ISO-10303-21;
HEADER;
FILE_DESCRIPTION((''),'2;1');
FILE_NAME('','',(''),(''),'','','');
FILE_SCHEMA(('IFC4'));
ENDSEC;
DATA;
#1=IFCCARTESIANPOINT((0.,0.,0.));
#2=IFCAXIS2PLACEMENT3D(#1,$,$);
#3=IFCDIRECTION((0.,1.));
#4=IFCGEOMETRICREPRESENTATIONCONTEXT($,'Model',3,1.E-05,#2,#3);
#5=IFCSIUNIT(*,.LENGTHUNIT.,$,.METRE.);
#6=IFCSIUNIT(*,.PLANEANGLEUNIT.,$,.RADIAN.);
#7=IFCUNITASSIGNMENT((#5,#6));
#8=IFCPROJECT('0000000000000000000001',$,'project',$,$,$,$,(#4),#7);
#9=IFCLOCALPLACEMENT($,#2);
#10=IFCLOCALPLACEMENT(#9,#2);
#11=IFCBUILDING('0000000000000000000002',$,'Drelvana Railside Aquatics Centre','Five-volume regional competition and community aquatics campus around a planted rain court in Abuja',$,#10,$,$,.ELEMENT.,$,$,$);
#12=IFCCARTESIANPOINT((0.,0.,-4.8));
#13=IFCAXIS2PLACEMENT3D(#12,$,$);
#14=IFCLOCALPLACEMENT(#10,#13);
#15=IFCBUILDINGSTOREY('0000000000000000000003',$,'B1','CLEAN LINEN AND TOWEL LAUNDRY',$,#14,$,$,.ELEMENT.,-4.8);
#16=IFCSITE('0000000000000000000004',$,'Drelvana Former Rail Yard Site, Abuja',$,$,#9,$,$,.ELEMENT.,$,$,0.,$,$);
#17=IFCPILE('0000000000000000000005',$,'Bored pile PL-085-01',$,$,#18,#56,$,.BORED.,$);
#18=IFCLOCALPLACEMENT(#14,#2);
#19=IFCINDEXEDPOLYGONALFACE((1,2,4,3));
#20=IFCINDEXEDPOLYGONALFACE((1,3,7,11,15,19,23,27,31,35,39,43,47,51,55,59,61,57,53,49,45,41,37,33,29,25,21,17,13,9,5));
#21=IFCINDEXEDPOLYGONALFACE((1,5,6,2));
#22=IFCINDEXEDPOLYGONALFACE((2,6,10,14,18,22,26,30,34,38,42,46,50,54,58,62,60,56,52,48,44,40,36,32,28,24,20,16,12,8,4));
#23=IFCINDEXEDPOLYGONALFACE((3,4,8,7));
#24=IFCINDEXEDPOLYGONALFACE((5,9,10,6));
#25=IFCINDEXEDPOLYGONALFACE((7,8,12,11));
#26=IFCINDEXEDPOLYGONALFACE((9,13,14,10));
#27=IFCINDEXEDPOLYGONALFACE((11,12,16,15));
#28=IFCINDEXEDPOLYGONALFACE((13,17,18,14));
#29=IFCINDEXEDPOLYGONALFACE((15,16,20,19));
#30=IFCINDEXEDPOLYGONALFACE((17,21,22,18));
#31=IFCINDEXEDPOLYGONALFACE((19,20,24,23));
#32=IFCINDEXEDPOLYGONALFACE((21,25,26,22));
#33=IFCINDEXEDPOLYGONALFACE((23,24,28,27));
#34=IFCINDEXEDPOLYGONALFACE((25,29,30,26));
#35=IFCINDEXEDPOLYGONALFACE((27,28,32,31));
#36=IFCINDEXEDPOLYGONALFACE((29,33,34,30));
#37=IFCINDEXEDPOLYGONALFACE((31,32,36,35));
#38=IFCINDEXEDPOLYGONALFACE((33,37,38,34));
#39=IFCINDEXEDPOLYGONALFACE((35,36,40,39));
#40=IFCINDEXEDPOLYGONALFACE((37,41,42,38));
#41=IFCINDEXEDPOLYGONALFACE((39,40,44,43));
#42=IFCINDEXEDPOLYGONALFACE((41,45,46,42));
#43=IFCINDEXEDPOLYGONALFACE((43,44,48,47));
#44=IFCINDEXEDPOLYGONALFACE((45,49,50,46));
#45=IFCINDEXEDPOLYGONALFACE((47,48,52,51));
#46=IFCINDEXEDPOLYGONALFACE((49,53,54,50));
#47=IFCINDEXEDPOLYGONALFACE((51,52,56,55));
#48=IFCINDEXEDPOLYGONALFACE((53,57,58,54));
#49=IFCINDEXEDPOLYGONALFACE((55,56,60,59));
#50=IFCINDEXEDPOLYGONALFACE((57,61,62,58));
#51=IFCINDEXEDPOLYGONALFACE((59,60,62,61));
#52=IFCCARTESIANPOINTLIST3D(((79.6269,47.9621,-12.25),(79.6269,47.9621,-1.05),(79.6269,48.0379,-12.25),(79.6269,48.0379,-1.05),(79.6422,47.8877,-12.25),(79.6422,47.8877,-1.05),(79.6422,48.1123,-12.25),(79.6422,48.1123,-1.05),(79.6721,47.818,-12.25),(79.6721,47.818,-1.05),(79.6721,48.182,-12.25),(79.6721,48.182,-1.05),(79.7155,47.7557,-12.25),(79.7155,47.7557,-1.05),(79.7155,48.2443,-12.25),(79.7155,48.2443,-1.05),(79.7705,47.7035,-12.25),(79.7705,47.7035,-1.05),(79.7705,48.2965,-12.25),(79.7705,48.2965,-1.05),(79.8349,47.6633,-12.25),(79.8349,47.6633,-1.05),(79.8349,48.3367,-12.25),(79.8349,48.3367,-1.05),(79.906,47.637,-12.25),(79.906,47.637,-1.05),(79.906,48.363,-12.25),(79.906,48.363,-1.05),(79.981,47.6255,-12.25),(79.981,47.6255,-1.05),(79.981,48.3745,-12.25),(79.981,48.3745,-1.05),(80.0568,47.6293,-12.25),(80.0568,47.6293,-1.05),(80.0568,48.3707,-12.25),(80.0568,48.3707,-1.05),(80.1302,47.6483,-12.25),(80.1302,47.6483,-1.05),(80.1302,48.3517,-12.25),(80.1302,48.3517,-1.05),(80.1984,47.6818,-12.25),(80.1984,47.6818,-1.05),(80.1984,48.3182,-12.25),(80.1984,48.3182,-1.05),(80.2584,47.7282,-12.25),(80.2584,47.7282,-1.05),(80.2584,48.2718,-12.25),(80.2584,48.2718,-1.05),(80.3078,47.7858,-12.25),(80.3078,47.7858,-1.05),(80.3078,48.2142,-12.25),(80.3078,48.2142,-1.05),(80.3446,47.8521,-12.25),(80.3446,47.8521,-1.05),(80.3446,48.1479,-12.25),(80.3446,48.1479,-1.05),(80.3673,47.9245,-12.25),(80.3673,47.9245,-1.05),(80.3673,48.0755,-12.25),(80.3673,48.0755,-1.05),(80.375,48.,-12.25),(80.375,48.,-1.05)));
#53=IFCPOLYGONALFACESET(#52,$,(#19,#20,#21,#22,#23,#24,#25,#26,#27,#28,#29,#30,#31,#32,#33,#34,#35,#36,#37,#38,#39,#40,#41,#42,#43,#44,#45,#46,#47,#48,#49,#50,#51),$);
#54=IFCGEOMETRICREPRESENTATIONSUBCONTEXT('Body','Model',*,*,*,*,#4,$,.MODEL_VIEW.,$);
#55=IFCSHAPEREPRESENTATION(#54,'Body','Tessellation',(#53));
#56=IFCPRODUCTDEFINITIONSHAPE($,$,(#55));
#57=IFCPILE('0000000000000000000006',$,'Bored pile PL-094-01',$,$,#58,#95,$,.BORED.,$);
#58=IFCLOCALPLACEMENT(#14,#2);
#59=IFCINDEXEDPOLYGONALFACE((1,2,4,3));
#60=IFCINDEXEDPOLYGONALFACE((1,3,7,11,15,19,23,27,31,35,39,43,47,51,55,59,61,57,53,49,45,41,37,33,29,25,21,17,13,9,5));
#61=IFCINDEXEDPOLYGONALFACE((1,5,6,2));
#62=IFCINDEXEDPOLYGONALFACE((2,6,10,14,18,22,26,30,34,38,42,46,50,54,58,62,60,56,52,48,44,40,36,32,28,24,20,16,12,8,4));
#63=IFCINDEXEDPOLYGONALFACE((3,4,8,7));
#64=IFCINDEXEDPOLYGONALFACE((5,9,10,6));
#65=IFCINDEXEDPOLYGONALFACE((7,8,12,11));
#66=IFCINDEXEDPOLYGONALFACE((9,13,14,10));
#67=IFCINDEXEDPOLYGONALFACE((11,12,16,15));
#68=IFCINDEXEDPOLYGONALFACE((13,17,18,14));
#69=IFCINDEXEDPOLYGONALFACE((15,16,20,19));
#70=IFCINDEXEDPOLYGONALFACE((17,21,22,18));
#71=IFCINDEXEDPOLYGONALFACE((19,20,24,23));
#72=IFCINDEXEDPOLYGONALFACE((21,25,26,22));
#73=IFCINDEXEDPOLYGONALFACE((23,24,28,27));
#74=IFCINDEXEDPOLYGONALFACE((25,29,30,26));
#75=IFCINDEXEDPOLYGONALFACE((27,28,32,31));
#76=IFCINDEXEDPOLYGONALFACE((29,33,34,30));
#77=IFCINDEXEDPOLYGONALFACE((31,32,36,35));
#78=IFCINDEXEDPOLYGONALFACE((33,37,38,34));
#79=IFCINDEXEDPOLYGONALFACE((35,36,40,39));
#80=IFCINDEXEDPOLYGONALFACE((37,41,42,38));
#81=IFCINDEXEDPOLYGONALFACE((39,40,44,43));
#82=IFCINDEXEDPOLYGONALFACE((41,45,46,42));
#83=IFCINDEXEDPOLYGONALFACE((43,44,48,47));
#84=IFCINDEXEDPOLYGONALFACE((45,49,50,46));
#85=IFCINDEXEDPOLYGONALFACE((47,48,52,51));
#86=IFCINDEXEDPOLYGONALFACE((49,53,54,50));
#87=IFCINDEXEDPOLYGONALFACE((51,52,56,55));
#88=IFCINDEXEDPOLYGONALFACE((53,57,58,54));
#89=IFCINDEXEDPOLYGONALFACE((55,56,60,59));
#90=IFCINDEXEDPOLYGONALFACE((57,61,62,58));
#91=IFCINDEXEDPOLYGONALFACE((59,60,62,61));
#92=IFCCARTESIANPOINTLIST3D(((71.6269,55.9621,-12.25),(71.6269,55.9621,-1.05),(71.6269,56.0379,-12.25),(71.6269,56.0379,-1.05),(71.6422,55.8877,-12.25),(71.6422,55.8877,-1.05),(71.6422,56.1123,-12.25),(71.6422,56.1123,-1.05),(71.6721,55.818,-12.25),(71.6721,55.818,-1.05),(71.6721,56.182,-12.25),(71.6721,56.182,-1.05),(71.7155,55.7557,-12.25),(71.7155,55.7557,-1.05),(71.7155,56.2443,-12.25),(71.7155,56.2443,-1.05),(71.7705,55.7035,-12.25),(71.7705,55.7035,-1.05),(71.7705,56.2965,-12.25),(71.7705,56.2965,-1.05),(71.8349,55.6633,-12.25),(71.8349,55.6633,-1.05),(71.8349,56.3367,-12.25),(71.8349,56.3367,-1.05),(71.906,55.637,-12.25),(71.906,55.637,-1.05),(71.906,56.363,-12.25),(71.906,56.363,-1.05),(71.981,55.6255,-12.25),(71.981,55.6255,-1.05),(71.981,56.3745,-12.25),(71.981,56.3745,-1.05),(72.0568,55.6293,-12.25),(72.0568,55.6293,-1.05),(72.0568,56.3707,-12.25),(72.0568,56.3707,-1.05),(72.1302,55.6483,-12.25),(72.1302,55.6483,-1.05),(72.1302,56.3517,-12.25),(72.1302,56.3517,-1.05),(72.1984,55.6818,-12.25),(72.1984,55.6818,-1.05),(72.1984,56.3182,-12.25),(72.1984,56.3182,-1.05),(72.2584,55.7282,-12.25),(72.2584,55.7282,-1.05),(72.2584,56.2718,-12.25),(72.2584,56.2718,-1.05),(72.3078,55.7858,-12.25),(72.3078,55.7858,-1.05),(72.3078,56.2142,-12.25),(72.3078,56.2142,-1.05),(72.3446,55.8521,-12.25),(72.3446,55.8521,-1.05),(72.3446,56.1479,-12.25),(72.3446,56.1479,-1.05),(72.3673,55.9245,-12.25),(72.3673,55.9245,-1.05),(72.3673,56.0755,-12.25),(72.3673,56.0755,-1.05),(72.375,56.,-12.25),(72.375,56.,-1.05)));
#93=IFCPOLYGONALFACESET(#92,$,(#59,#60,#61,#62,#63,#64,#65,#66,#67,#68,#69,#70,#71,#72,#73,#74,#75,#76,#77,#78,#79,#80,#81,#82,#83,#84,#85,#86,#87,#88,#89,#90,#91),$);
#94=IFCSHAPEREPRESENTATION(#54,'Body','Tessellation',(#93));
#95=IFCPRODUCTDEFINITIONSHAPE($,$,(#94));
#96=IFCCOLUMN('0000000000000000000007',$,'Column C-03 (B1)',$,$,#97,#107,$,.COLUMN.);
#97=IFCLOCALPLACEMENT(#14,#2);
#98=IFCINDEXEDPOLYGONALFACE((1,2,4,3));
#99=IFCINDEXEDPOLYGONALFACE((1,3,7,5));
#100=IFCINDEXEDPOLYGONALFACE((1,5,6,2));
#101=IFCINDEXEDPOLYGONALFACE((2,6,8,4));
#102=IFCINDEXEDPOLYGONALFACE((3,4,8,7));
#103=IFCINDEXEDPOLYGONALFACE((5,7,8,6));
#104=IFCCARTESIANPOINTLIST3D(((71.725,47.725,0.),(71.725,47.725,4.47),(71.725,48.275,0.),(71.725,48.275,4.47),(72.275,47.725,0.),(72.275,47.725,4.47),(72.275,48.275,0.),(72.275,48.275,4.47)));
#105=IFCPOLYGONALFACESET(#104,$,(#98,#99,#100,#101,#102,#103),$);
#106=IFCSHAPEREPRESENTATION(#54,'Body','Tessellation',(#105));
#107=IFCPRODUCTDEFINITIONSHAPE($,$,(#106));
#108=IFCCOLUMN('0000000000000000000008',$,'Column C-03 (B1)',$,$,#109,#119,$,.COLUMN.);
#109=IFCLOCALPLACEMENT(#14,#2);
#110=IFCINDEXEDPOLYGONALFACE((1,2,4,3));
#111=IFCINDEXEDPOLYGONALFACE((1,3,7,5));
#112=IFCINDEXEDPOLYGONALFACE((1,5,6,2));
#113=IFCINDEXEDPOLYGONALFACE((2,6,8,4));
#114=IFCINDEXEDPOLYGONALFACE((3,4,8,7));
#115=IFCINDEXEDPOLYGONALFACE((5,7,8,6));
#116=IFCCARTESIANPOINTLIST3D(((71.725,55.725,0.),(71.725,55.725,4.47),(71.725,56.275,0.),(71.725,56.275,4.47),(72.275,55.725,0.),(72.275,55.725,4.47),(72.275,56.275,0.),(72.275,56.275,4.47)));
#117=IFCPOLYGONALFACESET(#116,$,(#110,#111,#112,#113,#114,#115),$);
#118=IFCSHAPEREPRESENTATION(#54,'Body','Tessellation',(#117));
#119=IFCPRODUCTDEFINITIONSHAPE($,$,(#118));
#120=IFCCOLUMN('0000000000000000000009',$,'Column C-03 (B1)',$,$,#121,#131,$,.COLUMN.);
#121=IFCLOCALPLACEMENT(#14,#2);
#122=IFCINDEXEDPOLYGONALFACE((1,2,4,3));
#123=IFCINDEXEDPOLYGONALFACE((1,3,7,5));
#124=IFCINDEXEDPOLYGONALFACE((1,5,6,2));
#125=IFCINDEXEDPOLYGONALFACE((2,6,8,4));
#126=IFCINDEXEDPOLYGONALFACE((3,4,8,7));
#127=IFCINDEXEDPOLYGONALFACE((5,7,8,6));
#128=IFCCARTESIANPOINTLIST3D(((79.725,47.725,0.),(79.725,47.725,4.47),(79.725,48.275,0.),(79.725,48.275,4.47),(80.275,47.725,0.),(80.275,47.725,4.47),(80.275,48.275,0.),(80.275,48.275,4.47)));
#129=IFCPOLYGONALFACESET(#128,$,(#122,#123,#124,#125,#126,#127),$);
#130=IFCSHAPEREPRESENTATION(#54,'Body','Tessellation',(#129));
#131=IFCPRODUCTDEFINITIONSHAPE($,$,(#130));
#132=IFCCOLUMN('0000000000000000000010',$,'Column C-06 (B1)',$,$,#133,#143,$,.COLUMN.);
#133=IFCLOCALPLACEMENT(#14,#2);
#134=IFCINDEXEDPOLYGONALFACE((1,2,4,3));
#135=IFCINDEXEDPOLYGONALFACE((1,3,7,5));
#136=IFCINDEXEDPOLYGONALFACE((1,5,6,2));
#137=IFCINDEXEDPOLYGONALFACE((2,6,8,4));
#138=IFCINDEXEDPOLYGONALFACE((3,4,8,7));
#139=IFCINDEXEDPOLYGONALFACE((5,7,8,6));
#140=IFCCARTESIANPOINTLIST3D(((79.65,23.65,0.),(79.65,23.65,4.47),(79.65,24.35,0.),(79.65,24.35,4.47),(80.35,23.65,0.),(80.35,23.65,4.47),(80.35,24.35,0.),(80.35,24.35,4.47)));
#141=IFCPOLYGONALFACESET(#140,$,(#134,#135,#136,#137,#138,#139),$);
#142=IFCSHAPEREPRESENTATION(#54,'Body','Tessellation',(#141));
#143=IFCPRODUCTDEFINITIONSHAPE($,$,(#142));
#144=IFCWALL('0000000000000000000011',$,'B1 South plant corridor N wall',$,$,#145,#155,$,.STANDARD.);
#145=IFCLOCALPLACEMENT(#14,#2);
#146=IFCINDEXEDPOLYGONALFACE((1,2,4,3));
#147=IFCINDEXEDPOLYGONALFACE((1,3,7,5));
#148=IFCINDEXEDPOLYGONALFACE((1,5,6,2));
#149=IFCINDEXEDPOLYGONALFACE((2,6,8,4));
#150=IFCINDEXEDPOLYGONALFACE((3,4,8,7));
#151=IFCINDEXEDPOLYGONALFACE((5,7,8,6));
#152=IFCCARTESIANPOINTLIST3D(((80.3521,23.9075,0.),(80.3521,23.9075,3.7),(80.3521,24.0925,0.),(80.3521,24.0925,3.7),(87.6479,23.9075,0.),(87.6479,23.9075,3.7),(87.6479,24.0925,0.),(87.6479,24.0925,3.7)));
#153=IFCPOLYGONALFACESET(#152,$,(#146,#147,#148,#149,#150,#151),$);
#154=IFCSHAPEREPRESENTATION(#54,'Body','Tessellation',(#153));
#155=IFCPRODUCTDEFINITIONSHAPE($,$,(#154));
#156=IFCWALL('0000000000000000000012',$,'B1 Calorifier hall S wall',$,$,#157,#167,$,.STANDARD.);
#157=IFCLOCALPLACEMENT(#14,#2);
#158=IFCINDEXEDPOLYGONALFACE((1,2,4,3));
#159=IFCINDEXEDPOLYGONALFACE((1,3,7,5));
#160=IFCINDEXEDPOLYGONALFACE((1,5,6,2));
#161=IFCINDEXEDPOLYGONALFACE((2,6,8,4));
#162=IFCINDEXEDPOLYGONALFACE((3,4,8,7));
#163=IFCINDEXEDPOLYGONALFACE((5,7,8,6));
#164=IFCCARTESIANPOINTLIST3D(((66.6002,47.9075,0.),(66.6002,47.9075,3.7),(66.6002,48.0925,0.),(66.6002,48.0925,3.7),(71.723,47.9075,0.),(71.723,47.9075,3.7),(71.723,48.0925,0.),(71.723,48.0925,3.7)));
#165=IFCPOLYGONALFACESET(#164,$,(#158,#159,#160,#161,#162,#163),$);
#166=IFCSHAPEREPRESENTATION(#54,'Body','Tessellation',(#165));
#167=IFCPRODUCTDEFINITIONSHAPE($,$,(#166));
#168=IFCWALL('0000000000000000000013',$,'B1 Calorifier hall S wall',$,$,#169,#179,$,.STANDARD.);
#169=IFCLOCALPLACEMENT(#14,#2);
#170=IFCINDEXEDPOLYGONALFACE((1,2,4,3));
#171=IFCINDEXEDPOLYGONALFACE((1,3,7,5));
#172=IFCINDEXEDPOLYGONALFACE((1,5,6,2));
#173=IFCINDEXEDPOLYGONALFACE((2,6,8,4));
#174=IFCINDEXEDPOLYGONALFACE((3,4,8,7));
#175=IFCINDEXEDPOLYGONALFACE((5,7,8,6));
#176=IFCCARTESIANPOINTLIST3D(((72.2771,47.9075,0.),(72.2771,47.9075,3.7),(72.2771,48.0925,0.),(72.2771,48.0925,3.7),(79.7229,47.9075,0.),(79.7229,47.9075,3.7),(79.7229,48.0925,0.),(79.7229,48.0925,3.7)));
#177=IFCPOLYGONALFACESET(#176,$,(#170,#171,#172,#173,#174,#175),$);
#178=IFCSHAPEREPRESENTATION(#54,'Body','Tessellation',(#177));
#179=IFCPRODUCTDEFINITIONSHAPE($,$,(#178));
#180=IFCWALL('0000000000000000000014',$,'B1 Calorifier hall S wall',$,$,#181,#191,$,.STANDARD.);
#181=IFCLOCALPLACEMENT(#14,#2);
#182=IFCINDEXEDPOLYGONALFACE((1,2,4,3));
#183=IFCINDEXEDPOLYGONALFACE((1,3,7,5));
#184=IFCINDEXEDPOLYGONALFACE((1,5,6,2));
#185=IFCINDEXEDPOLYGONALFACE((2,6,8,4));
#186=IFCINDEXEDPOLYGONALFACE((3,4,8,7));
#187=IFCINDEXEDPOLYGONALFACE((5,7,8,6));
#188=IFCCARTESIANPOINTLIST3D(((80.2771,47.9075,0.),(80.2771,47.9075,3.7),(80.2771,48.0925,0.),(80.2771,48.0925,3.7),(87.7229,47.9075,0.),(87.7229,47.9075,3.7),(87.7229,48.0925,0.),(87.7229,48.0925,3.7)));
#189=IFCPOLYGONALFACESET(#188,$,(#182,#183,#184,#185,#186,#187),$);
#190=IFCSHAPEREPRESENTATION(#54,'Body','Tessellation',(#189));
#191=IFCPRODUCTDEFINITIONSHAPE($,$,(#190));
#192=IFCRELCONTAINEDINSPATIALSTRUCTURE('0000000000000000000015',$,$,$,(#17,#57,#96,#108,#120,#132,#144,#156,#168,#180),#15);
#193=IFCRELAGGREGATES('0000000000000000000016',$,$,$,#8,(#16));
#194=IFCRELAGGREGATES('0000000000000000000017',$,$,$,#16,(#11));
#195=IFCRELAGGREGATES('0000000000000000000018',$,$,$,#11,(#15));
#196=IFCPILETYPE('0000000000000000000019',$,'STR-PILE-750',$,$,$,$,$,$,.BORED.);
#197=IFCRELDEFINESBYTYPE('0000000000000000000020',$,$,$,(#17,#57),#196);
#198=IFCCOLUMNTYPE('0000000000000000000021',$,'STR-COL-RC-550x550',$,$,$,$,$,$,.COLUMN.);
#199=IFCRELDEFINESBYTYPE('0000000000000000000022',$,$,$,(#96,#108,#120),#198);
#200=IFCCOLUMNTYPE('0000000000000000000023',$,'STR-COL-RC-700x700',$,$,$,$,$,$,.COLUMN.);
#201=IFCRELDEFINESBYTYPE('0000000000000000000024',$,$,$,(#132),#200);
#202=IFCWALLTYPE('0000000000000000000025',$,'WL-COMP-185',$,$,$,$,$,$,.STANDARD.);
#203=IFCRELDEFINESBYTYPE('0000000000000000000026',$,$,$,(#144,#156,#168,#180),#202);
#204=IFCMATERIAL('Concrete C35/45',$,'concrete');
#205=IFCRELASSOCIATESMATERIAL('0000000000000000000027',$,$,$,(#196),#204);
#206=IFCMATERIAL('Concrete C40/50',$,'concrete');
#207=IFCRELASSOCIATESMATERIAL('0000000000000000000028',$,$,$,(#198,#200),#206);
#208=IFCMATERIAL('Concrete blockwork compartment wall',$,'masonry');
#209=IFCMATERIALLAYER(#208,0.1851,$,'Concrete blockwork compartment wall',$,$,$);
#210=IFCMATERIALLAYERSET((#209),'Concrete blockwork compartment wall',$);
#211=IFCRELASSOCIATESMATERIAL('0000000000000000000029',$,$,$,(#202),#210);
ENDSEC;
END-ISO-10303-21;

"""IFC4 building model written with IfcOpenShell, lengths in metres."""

from ifc_helpers import new_model, si_unit, direction, frame, frame_2d, origin, origin_2d, place, context, subcontext, project, spatial, rectangle, circle, extrude, material, layer, layer_set, material_profile, profile_set, type_object, element, save


model = new_model("IFC4")

# Units and contexts
model_context = context("Model", 3, precision=1e-05, world=origin(), true_north=direction((0.0, 1.0)))
body_context = subcontext(model_context, "Body", "Model", "MODEL_VIEW")
ifc_project = project(units=[si_unit("LENGTHUNIT", "METRE"), si_unit("PLANEANGLEUNIT", "RADIAN")], contexts=[model_context])

# Site, building, storey
site_placement = place(None, origin())
site = spatial("IfcSite", under=ifc_project, at=site_placement, Name="Drelvana Former Rail Yard Site, Abuja", CompositionType="ELEMENT", RefElevation=0.0)
building_placement = place(site_placement, origin())
building = spatial("IfcBuilding", under=site, at=building_placement, Name="Drelvana Railside Aquatics Centre", Description="Five-volume regional competition and community aquatics campus around a planted rain court in Abuja", CompositionType="ELEMENT")
storey_placement = place(building_placement, frame((0.0, 0.0, -4.8)))
storey = spatial("IfcBuildingStorey", under=building, at=storey_placement, Name="B1", Description="CLEAN LINEN AND TOWEL LAUNDRY", CompositionType="ELEMENT", Elevation=-4.8)

# Shared definitions
ifc_material_1 = material(Name="Concrete C35/45", Category="concrete")

# Piles
ifc_material_profile_1 = material_profile(ifc_material_1, circle(Radius=0.375, at=origin_2d()), Name="PILE D750")
ifc_profile_set_1 = profile_set([ifc_material_profile_1], Name="Concrete C35/45")
pile_type = type_object("IfcPileType", Name="STR-PILE-750", PredefinedType="BORED", material=ifc_profile_set_1)
for number, where, z_axis, x_axis, name in (
    (1, (80.0, 48.0, -1.05), (0.0, 0.0, -1.0), (1.0, 0.0, 0.0), "Bored pile PL-085-01"),
    (2, (72.0, 56.0, -1.05), (0.0, 0.0, -1.0), (1.0, 0.0, 0.0), "Bored pile PL-094-01"),
):
    element("IfcPile", number, at=place(storey_placement, frame(where, z_axis=z_axis, x_axis=x_axis)), inside=storey, type_object=pile_type, Name=name, PredefinedType="BORED", context=body_context, shape_type="SweptSolid", body=[
        extrude(circle(Radius=0.375, at=origin_2d()), origin(), (0.0, 0.0, 1.0), 11.2),
    ])

# Columns
ifc_material_2 = material(Name="Concrete C40/50", Category="concrete")
ifc_material_profile_2 = material_profile(ifc_material_2, rectangle(XDim=0.55, YDim=0.55, at=origin_2d()), Name="RC 550x550")
ifc_profile_set_2 = profile_set([ifc_material_profile_2], Name="Concrete C40/50")
column_type_1 = type_object("IfcColumnType", Name="STR-COL-RC-550x550", PredefinedType="COLUMN", material=ifc_profile_set_2)
for number, where, z_axis, x_axis, name in (
    (3, (72.0, 48.0, 0.0), (0.0, 0.0, 1.0), (1.0, 0.0, 0.0), "Column C-03 (B1)"),
    (4, (72.0, 56.0, 0.0), (0.0, 0.0, 1.0), (1.0, 0.0, 0.0), "Column C-03 (B1)"),
    (5, (80.0, 48.0, 0.0), (0.0, 0.0, 1.0), (1.0, 0.0, 0.0), "Column C-03 (B1)"),
):
    element("IfcColumn", number, at=place(storey_placement, frame(where, z_axis=z_axis, x_axis=x_axis)), inside=storey, type_object=column_type_1, Name=name, PredefinedType="COLUMN", context=body_context, shape_type="SweptSolid", body=[
        extrude(rectangle(XDim=0.55, YDim=0.55, at=origin_2d()), origin(), (0.0, 0.0, 1.0), 4.47),
    ])
ifc_material_profile_3 = material_profile(ifc_material_2, rectangle(XDim=0.7, YDim=0.7, at=origin_2d()), Name="RC 700x700")
ifc_profile_set_3 = profile_set([ifc_material_profile_3], Name="Concrete C40/50")
column_type_2 = type_object("IfcColumnType", Name="STR-COL-RC-700x700", PredefinedType="COLUMN", material=ifc_profile_set_3)
column_placement = place(storey_placement, frame((80.0, 24.0, 0.0), z_axis=(0.0, 0.0, 1.0), x_axis=(1.0, 0.0, 0.0)))
element("IfcColumn", 6, at=column_placement, inside=storey, type_object=column_type_2, Name="Column C-06 (B1)", PredefinedType="COLUMN", context=body_context, shape_type="SweptSolid", body=[
    extrude(rectangle(XDim=0.7, YDim=0.7, at=origin_2d()), origin(), (0.0, 0.0, 1.0), 4.47),
])

# Walls
ifc_material_3 = material(Name="Concrete blockwork compartment wall", Category="masonry")
ifc_layer = layer(ifc_material_3, 0.1851, Name="Concrete blockwork compartment wall")
ifc_layer_set = layer_set([ifc_layer], Name="Concrete blockwork compartment wall")
wall_type = type_object("IfcWallType", Name="WL-COMP-185", PredefinedType="STANDARD", material=ifc_layer_set)
wall_1_placement = place(storey_placement, frame((80.3521, 24.0, 0.0), z_axis=(0.0, 0.0, 1.0), x_axis=(1.0, 0.0, 0.0)))
element("IfcWall", 7, at=wall_1_placement, inside=storey, type_object=wall_type, Name="B1 South plant corridor N wall", PredefinedType="STANDARD", context=body_context, shape_type="SweptSolid", body=[
    extrude(rectangle(XDim=7.2959, YDim=0.1851, at=frame_2d((3.6479, 0.0))), origin(), (0.0, 0.0, 1.0), 3.7),
])
wall_2_placement = place(storey_placement, frame((66.6001, 48.0, 0.0), z_axis=(0.0, 0.0, 1.0), x_axis=(1.0, 0.0, 0.0)))
element("IfcWall", 8, at=wall_2_placement, inside=storey, type_object=wall_type, Name="B1 Calorifier hall S wall", PredefinedType="STANDARD", context=body_context, shape_type="SweptSolid", body=[
    extrude(rectangle(XDim=5.1228, YDim=0.1851, at=frame_2d((2.5615, 0.0))), origin(), (0.0, 0.0, 1.0), 3.7),
])
for number, where, z_axis, x_axis, name in (
    (9, (72.2771, 48.0, 0.0), (0.0, 0.0, 1.0), (1.0, 0.0, 0.0), "B1 Calorifier hall S wall"),
    (10, (80.2771, 48.0, 0.0), (0.0, 0.0, 1.0), (1.0, 0.0, 0.0), "B1 Calorifier hall S wall"),
):
    element("IfcWall", number, at=place(storey_placement, frame(where, z_axis=z_axis, x_axis=x_axis)), inside=storey, type_object=wall_type, Name=name, PredefinedType="STANDARD", context=body_context, shape_type="SweptSolid", body=[
        extrude(rectangle(XDim=7.4458, YDim=0.1851, at=frame_2d((3.7229, 0.0))), origin(), (0.0, 0.0, 1.0), 3.7),
    ])

save(model, "model.ifc")
